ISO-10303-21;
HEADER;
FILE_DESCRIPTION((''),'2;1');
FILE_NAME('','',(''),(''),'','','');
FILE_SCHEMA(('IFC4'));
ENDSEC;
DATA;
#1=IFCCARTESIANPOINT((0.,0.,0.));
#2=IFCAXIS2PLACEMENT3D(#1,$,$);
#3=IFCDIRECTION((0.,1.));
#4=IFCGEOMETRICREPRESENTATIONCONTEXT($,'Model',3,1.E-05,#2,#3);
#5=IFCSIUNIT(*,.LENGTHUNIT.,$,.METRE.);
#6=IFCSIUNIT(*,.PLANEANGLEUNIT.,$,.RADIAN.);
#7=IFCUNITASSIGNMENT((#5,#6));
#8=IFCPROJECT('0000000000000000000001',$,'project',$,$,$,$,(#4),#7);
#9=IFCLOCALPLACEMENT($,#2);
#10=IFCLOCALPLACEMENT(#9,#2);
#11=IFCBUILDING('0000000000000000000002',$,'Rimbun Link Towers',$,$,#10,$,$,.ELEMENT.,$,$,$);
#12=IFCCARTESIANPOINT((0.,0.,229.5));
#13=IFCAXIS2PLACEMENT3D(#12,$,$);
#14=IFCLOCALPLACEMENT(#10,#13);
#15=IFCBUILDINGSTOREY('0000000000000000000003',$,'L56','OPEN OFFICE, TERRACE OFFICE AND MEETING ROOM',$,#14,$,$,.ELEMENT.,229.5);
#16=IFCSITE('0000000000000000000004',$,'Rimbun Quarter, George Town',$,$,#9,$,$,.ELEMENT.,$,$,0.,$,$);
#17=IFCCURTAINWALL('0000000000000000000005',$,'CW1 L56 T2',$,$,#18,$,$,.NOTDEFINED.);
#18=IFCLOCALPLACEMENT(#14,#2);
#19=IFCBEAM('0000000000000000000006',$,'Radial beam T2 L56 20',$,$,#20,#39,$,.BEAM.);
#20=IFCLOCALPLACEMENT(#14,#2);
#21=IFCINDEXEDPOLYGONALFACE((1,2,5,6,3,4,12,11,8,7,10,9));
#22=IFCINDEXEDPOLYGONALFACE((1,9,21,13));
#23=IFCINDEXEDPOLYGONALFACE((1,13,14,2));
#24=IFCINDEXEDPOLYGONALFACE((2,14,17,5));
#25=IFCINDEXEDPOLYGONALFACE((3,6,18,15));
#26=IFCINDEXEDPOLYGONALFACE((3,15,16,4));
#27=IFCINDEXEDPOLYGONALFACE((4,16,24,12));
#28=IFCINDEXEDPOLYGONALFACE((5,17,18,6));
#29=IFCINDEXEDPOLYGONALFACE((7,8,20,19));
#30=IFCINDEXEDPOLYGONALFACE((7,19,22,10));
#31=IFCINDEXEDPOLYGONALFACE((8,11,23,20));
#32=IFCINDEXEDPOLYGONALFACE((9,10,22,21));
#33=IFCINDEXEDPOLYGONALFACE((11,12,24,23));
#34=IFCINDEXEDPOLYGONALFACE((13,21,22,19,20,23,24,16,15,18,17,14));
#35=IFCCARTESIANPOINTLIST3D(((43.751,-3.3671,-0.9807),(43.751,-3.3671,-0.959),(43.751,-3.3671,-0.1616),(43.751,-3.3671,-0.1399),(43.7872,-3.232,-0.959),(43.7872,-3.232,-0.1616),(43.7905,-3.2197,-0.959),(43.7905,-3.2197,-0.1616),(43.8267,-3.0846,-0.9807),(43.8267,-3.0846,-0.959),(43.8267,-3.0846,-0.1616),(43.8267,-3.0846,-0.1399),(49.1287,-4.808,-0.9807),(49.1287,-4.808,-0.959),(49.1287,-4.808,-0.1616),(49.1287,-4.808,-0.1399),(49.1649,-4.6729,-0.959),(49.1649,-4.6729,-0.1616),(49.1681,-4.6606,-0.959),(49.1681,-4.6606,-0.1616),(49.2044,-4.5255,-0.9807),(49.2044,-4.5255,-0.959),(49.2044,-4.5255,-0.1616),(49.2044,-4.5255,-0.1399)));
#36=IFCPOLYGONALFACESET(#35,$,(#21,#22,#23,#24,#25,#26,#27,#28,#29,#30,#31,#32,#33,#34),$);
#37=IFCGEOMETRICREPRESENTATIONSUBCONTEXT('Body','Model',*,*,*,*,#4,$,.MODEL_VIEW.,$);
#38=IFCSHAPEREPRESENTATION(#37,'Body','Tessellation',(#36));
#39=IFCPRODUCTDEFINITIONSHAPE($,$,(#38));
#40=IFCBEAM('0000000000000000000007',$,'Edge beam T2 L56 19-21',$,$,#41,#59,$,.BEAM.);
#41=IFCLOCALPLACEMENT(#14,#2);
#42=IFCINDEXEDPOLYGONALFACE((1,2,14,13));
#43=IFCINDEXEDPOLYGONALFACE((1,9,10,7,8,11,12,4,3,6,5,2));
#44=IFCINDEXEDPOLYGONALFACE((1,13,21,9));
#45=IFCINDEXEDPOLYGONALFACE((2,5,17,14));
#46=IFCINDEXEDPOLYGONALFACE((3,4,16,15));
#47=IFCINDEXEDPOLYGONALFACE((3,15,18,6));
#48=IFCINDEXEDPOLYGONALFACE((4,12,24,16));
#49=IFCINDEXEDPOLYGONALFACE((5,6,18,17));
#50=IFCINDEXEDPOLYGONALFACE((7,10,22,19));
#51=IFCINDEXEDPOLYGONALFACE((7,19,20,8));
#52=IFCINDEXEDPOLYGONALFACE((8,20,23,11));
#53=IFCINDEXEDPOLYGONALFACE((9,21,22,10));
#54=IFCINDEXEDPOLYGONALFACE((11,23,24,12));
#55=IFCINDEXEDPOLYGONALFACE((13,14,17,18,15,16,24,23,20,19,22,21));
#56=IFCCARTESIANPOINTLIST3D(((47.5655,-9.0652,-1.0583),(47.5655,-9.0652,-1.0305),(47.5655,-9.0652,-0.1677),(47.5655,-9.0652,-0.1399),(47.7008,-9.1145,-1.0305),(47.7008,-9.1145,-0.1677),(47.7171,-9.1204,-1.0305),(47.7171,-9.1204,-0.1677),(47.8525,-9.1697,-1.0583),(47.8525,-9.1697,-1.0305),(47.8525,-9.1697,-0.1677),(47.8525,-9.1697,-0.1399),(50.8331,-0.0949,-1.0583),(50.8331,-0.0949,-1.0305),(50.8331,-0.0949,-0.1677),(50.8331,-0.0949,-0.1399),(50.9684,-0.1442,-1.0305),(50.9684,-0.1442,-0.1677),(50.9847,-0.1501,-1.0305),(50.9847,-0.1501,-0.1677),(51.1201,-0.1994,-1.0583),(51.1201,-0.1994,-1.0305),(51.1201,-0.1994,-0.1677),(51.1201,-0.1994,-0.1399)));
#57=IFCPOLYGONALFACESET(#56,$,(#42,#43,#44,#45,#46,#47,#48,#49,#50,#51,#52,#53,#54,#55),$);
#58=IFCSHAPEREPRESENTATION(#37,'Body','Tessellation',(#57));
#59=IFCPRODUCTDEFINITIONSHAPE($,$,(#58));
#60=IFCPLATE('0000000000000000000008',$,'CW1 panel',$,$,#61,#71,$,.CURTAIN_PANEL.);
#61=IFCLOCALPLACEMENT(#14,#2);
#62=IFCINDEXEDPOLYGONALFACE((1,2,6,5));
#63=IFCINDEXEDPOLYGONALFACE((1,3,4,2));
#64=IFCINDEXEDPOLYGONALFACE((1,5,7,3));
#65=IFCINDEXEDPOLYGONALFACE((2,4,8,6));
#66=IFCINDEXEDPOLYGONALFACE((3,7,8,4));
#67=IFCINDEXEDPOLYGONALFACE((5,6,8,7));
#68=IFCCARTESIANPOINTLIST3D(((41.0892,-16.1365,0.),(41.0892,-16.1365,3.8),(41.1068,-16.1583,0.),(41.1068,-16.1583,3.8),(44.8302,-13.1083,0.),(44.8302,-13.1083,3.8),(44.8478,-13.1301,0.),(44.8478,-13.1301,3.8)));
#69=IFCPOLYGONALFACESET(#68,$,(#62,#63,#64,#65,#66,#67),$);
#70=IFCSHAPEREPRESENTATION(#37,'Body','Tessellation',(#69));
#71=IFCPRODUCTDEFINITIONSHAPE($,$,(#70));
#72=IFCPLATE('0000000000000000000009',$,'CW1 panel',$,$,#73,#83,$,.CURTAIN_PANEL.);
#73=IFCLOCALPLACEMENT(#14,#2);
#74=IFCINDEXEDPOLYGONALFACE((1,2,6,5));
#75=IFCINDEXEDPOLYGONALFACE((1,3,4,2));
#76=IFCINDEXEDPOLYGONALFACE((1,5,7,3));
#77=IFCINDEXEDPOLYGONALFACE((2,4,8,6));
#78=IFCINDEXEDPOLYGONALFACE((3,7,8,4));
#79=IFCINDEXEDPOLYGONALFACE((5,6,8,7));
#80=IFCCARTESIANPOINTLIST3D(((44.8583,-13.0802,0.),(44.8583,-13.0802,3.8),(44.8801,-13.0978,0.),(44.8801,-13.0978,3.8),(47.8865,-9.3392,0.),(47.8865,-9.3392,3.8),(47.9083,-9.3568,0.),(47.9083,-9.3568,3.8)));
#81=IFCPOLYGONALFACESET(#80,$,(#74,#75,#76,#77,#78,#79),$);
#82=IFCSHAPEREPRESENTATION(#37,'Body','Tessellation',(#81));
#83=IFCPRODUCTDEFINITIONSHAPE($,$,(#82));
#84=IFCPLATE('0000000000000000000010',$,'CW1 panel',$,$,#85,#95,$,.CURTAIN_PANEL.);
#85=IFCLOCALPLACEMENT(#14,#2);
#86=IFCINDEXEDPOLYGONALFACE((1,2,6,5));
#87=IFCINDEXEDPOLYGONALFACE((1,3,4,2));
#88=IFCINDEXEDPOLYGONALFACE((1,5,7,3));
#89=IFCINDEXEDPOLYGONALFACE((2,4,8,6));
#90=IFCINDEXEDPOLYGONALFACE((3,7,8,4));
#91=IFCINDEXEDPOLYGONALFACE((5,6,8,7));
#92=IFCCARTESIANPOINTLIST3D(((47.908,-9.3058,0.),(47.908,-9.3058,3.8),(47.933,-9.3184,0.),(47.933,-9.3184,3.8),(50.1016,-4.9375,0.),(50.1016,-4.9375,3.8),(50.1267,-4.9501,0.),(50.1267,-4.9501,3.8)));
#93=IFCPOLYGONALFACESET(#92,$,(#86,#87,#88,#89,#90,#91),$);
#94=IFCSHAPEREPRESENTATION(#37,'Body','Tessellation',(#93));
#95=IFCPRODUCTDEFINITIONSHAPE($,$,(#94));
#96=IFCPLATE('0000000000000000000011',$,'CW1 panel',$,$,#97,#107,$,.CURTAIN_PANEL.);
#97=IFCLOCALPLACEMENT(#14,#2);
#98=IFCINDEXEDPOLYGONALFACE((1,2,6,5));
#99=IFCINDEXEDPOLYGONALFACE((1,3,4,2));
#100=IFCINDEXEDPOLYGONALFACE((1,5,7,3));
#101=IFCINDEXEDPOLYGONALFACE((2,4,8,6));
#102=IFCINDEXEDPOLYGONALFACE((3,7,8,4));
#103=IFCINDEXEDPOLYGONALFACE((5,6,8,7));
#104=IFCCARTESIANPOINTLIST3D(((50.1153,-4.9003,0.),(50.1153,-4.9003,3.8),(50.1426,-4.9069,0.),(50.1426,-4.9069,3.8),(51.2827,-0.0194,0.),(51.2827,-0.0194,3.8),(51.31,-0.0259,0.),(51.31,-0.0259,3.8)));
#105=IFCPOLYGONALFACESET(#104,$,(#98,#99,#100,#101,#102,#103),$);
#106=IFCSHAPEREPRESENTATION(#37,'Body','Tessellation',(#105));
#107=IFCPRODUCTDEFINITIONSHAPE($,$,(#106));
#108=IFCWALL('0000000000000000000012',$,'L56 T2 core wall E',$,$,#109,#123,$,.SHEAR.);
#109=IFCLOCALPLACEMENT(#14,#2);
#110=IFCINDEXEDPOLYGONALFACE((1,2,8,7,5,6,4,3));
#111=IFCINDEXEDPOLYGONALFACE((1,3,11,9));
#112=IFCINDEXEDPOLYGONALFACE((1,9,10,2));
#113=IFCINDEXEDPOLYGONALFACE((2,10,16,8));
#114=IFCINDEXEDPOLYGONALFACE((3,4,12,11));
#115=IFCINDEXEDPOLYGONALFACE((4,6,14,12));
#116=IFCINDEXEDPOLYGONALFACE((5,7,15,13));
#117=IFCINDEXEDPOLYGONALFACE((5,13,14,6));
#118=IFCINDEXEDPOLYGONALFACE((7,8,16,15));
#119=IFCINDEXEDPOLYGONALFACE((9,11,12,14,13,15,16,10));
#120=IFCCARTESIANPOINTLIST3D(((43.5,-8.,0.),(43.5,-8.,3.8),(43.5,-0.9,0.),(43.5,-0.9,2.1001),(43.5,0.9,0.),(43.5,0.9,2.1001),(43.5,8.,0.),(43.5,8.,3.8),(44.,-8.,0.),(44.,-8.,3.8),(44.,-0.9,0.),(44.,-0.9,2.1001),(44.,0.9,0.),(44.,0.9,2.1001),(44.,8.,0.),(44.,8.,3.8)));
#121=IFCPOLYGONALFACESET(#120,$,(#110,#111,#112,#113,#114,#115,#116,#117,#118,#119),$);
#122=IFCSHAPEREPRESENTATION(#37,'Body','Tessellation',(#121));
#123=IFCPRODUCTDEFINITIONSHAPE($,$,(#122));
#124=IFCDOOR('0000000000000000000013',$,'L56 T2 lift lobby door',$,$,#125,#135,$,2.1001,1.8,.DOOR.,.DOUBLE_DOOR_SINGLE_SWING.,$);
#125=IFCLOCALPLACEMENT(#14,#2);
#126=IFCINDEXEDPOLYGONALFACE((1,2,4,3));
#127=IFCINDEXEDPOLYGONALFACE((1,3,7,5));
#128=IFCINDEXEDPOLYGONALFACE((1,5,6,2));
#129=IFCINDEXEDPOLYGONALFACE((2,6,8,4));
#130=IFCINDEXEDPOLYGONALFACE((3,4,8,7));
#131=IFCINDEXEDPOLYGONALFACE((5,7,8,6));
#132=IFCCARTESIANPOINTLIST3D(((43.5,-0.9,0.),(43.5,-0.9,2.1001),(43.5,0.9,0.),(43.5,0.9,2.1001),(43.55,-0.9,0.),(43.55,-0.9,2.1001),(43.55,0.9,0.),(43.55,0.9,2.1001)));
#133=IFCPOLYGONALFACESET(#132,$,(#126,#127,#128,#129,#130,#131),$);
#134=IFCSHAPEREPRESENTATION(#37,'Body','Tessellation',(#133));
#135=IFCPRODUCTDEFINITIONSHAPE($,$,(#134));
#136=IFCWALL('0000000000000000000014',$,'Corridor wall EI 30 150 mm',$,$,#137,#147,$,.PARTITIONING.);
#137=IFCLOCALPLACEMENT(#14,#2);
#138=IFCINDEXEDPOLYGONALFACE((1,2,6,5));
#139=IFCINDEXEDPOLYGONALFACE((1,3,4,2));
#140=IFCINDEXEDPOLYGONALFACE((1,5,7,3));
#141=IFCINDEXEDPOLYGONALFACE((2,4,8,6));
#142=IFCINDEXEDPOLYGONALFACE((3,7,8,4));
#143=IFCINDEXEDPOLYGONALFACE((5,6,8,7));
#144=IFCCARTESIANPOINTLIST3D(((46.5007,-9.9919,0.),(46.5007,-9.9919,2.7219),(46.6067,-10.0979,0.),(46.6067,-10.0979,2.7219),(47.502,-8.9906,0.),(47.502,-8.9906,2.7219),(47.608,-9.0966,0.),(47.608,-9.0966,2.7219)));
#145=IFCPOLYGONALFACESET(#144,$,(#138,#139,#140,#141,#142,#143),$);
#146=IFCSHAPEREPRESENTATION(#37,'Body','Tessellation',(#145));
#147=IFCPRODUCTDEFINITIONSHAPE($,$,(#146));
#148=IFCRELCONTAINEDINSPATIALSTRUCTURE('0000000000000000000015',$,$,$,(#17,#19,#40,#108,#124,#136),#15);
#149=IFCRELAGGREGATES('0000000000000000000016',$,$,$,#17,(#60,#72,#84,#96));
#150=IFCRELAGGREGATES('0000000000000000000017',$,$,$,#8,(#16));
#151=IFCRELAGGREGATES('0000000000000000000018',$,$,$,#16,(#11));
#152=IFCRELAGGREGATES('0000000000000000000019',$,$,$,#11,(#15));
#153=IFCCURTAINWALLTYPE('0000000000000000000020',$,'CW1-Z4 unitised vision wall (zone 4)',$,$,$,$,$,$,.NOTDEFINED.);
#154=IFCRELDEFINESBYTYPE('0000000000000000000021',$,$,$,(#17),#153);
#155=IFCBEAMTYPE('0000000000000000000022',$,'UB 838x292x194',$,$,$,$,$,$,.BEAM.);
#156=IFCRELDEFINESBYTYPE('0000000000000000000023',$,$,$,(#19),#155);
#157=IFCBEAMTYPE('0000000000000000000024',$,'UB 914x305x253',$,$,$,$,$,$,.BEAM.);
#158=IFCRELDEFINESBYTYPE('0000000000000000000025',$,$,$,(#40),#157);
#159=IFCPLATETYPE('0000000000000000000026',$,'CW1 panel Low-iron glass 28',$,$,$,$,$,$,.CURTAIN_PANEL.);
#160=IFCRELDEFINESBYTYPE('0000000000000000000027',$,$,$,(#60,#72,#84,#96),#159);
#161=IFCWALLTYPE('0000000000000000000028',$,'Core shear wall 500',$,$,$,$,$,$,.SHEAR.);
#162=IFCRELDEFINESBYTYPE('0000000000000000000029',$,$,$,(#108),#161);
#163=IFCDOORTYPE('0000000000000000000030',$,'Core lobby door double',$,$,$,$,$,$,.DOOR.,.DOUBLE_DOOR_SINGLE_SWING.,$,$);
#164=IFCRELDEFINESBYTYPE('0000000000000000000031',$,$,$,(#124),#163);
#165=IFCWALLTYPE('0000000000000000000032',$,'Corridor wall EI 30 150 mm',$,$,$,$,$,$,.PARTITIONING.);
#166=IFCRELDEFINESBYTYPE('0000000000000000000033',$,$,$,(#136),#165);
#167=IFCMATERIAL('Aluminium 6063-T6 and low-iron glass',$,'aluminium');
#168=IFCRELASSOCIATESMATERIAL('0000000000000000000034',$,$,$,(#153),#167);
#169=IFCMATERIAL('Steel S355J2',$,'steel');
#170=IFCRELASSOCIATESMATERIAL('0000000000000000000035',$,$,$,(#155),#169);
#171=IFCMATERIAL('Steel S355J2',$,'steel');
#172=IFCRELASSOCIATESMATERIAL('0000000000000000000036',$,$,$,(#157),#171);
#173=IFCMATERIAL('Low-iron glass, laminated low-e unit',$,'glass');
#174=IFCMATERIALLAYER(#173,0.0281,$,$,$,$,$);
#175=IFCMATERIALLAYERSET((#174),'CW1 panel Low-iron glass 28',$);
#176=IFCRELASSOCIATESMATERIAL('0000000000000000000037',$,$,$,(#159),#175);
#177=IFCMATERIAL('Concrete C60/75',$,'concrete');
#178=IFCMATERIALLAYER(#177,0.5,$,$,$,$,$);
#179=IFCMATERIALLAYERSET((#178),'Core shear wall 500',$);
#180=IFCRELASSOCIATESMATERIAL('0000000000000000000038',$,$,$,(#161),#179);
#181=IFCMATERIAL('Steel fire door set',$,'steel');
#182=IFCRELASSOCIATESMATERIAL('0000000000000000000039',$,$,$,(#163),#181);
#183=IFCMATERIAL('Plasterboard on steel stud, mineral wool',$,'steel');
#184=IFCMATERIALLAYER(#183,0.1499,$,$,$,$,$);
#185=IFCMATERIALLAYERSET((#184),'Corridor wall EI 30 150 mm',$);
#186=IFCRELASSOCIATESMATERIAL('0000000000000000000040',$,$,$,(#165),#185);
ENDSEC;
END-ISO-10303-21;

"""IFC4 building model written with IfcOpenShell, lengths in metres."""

from ifc_helpers import new_model, si_unit, direction, frame, frame_2d, origin, origin_2d, place, context, subcontext, project, spatial, rectangle, i_section, extrude, material, layer, layer_set, material_profile, profile_set, type_object, element, fill, aggregate, save


model = new_model("IFC4")

# Units and contexts
model_context = context("Model", 3, precision=1e-05, world=origin(), true_north=direction((0.0, 1.0)))
body_context = subcontext(model_context, "Body", "Model", "MODEL_VIEW")
ifc_project = project(units=[si_unit("LENGTHUNIT", "METRE"), si_unit("PLANEANGLEUNIT", "RADIAN")], contexts=[model_context])

# Site, building, storey
site_placement = place(None, origin())
site = spatial("IfcSite", under=ifc_project, at=site_placement, Name="Rimbun Quarter, George Town", CompositionType="ELEMENT", RefElevation=0.0)
building_placement = place(site_placement, origin())
building = spatial("IfcBuilding", under=site, at=building_placement, Name="Rimbun Link Towers", CompositionType="ELEMENT")
storey_placement = place(building_placement, frame((0.0, 0.0, 229.5)))
storey = spatial("IfcBuildingStorey", under=building, at=storey_placement, Name="L56", Description="OPEN OFFICE, TERRACE OFFICE AND MEETING ROOM", CompositionType="ELEMENT", Elevation=229.5)

# Curtain wall
ifc_material_1 = material(Name="Aluminium 6063-T6 and low-iron glass", Category="aluminium")
curtain_wall_type = type_object("IfcCurtainWallType", Name="CW1-Z4 unitised vision wall (zone 4)", PredefinedType="NOTDEFINED", material=ifc_material_1)
curtain_wall_placement = place(storey_placement, origin())
curtain_wall = element("IfcCurtainWall", 1, at=curtain_wall_placement, inside=storey, type_object=curtain_wall_type, Name="CW1 L56 T2", PredefinedType="NOTDEFINED")

# Beams
ifc_material_2 = material(Name="Steel S355J2", Category="steel")
ifc_material_profile_1 = material_profile(ifc_material_2, i_section(OverallWidth=0.2925, OverallDepth=0.8408, WebThickness=0.0127, FlangeThickness=0.0217, at=origin_2d()), Name="UB 838x292x194")
ifc_profile_set_1 = profile_set([ifc_material_profile_1], Name="Steel S355J2")
beam_type_1 = type_object("IfcBeamType", Name="UB 838x292x194", PredefinedType="BEAM", material=ifc_profile_set_1)
beam_1_placement = place(storey_placement, frame((43.7888, -3.2258, -0.5603), z_axis=(0.965927, -0.258814, 0.0), x_axis=(0.258814, 0.965927, 0.0)))
element("IfcBeam", 2, at=beam_1_placement, inside=storey, type_object=beam_type_1, Name="Radial beam T2 L56 20", PredefinedType="BEAM", context=body_context, shape_type="SweptSolid", body=[
    extrude(i_section(OverallWidth=0.2925, OverallDepth=0.8408, WebThickness=0.0127, FlangeThickness=0.0217, at=origin_2d()), origin(), (0.0, 0.0, 1.0), 5.5674),
])
ifc_material_3 = material(Name="Steel S355J2", Category="steel")
ifc_material_profile_2 = material_profile(ifc_material_3, i_section(OverallWidth=0.3054, OverallDepth=0.9185, WebThickness=0.0173, FlangeThickness=0.0278, at=origin_2d()), Name="UB 914x305x253")
ifc_profile_set_2 = profile_set([ifc_material_profile_2], Name="Steel S355J2")
beam_type_2 = type_object("IfcBeamType", Name="UB 914x305x253", PredefinedType="BEAM", material=ifc_profile_set_2)
beam_2_placement = place(storey_placement, frame((47.709, -9.1174, -0.5991), z_axis=(0.342269, 0.939602, 0.0), x_axis=(-0.939602, 0.342269, 0.0)))
element("IfcBeam", 3, at=beam_2_placement, inside=storey, type_object=beam_type_2, Name="Edge beam T2 L56 19-21", PredefinedType="BEAM", context=body_context, shape_type="SweptSolid", body=[
    extrude(i_section(OverallWidth=0.3054, OverallDepth=0.9185, WebThickness=0.0173, FlangeThickness=0.0278, at=origin_2d()), origin(), (0.0, 0.0, 1.0), 9.5469),
])

# Plates
ifc_material_4 = material(Name="Low-iron glass, laminated low-e unit", Category="glass")
ifc_layer_1 = layer(ifc_material_4, 0.0281)
ifc_layer_set_1 = layer_set([ifc_layer_1], Name="CW1 panel Low-iron glass 28")
plate_type = type_object("IfcPlateType", Name="CW1 panel Low-iron glass 28", PredefinedType="CURTAIN_PANEL", material=ifc_layer_set_1)
plate_1_placement = place(storey_placement, frame((42.9685, -14.6333, 0.0), z_axis=(0.0, 0.0, 1.0), x_axis=(-0.777276, -0.62916, 0.0)))
plate_1 = element("IfcPlate", 4, at=plate_1_placement, type_object=plate_type, Name="CW1 panel", PredefinedType="CURTAIN_PANEL", context=body_context, shape_type="SweptSolid", body=[
    extrude(rectangle(XDim=4.813, YDim=0.0281, at=origin_2d()), origin(), (0.0, 0.0, 1.0), 3.8),
])
plate_2_placement = place(storey_placement, frame((46.3833, -11.2185, 0.0), z_axis=(0.0, 0.0, 1.0), x_axis=(-0.62916, -0.777276, 0.0)))
plate_2 = element("IfcPlate", 5, at=plate_2_placement, type_object=plate_type, Name="CW1 panel", PredefinedType="CURTAIN_PANEL", context=body_context, shape_type="SweptSolid", body=[
    extrude(rectangle(XDim=4.813, YDim=0.0281, at=origin_2d()), origin(), (0.0, 0.0, 1.0), 3.8),
])
plate_3_placement = place(storey_placement, frame((49.0173, -7.1279, 0.0), z_axis=(0.0, 0.0, 1.0), x_axis=(-0.448771, -0.893647, 0.0)))
plate_3 = element("IfcPlate", 6, at=plate_3_placement, type_object=plate_type, Name="CW1 panel", PredefinedType="CURTAIN_PANEL", context=body_context, shape_type="SweptSolid", body=[
    extrude(rectangle(XDim=4.8882, YDim=0.0281, at=origin_2d()), origin(), (0.0, 0.0, 1.0), 3.8),
])
plate_4_placement = place(storey_placement, frame((50.7126, -2.4631, 0.0), z_axis=(0.0, 0.0, 1.0), x_axis=(-0.232601, -0.972572, 0.0)))
plate_4 = element("IfcPlate", 7, at=plate_4_placement, type_object=plate_type, Name="CW1 panel", PredefinedType="CURTAIN_PANEL", context=body_context, shape_type="SweptSolid", body=[
    extrude(rectangle(XDim=5.0186, YDim=0.0281, at=origin_2d()), origin(), (0.0, 0.0, 1.0), 3.8),
])
aggregate(curtain_wall, [plate_1, plate_2, plate_3, plate_4])

# Wall, opening, door
ifc_material_5 = material(Name="Concrete C60/75", Category="concrete")
ifc_layer_2 = layer(ifc_material_5, 0.5)
ifc_layer_set_2 = layer_set([ifc_layer_2], Name="Core shear wall 500")
wall_type_1 = type_object("IfcWallType", Name="Core shear wall 500", PredefinedType="SHEAR", material=ifc_layer_set_2)
wall_1_placement = place(storey_placement, frame((43.75, -8.0, 0.0), z_axis=(0.0, 0.0, 1.0), x_axis=(0.0, 1.0, 0.0)))
wall_1 = element("IfcWall", 8, at=wall_1_placement, inside=storey, type_object=wall_type_1, Name="L56 T2 core wall E", PredefinedType="SHEAR", context=body_context, shape_type="SweptSolid", body=[
    extrude(rectangle(XDim=16.0, YDim=0.5, at=frame_2d((8.0, 0.0))), origin(), (0.0, 0.0, 1.0), 3.8),
])
opening_1_placement = place(wall_1_placement, frame((7.1001, 0.0, 0.0)))
opening_1 = element("IfcOpeningElement", 9, at=opening_1_placement, cuts=wall_1, PredefinedType="OPENING", context=body_context, shape_type="SweptSolid", body=[
    extrude(rectangle(XDim=1.8, YDim=2.1001, at=frame_2d((0.8999, 1.05))), frame((0.0, 0.26, 0.0), z_axis=(0.0, -1.0, 0.0), x_axis=(1.0, 0.0, 0.0)), (0.0, 0.0, 1.0), 0.52),
])
ifc_material_6 = material(Name="Steel fire door set", Category="steel")
door_type_1 = type_object("IfcDoorType", Name="Core lobby door double", OperationType="DOUBLE_DOOR_SINGLE_SWING", PredefinedType="DOOR", material=ifc_material_6)
door_1_placement = place(opening_1_placement, origin())
door_1 = element("IfcDoor", 10, at=door_1_placement, inside=storey, type_object=door_type_1, Name="L56 T2 lift lobby door", OperationType="DOUBLE_DOOR_SINGLE_SWING", OverallHeight=2.1001, OverallWidth=1.8, PredefinedType="DOOR", context=body_context, shape_type="SweptSolid", body=[
    extrude(rectangle(XDim=1.8, YDim=2.1001, at=frame_2d((0.8999, 1.05))), frame((0.0, 0.25, 0.0), z_axis=(0.0, -1.0, 0.0), x_axis=(1.0, 0.0, 0.0)), (0.0, 0.0, 1.0), 0.05),
])
fill(opening_1, door_1)

# Wall
ifc_material_7 = material(Name="Plasterboard on steel stud, mineral wool", Category="steel")
ifc_layer_3 = layer(ifc_material_7, 0.1499)
ifc_layer_set_3 = layer_set([ifc_layer_3], Name="Corridor wall EI 30 150 mm")
wall_type_2 = type_object("IfcWallType", Name="Corridor wall EI 30 150 mm", PredefinedType="PARTITIONING", material=ifc_layer_set_3)
wall_2_placement = place(storey_placement, frame((46.5537, -10.0449, 0.0), z_axis=(0.0, 0.0, 1.0), x_axis=(0.707107, 0.707107, 0.0)))
element("IfcWall", 11, at=wall_2_placement, inside=storey, type_object=wall_type_2, Name="Corridor wall EI 30 150 mm", PredefinedType="PARTITIONING", context=body_context, shape_type="SweptSolid", body=[
    extrude(rectangle(XDim=1.416, YDim=0.1499, at=frame_2d((0.708, 0.0))), origin(), (0.0, 0.0, 1.0), 2.7219),
])

save(model, "model.ifc")
